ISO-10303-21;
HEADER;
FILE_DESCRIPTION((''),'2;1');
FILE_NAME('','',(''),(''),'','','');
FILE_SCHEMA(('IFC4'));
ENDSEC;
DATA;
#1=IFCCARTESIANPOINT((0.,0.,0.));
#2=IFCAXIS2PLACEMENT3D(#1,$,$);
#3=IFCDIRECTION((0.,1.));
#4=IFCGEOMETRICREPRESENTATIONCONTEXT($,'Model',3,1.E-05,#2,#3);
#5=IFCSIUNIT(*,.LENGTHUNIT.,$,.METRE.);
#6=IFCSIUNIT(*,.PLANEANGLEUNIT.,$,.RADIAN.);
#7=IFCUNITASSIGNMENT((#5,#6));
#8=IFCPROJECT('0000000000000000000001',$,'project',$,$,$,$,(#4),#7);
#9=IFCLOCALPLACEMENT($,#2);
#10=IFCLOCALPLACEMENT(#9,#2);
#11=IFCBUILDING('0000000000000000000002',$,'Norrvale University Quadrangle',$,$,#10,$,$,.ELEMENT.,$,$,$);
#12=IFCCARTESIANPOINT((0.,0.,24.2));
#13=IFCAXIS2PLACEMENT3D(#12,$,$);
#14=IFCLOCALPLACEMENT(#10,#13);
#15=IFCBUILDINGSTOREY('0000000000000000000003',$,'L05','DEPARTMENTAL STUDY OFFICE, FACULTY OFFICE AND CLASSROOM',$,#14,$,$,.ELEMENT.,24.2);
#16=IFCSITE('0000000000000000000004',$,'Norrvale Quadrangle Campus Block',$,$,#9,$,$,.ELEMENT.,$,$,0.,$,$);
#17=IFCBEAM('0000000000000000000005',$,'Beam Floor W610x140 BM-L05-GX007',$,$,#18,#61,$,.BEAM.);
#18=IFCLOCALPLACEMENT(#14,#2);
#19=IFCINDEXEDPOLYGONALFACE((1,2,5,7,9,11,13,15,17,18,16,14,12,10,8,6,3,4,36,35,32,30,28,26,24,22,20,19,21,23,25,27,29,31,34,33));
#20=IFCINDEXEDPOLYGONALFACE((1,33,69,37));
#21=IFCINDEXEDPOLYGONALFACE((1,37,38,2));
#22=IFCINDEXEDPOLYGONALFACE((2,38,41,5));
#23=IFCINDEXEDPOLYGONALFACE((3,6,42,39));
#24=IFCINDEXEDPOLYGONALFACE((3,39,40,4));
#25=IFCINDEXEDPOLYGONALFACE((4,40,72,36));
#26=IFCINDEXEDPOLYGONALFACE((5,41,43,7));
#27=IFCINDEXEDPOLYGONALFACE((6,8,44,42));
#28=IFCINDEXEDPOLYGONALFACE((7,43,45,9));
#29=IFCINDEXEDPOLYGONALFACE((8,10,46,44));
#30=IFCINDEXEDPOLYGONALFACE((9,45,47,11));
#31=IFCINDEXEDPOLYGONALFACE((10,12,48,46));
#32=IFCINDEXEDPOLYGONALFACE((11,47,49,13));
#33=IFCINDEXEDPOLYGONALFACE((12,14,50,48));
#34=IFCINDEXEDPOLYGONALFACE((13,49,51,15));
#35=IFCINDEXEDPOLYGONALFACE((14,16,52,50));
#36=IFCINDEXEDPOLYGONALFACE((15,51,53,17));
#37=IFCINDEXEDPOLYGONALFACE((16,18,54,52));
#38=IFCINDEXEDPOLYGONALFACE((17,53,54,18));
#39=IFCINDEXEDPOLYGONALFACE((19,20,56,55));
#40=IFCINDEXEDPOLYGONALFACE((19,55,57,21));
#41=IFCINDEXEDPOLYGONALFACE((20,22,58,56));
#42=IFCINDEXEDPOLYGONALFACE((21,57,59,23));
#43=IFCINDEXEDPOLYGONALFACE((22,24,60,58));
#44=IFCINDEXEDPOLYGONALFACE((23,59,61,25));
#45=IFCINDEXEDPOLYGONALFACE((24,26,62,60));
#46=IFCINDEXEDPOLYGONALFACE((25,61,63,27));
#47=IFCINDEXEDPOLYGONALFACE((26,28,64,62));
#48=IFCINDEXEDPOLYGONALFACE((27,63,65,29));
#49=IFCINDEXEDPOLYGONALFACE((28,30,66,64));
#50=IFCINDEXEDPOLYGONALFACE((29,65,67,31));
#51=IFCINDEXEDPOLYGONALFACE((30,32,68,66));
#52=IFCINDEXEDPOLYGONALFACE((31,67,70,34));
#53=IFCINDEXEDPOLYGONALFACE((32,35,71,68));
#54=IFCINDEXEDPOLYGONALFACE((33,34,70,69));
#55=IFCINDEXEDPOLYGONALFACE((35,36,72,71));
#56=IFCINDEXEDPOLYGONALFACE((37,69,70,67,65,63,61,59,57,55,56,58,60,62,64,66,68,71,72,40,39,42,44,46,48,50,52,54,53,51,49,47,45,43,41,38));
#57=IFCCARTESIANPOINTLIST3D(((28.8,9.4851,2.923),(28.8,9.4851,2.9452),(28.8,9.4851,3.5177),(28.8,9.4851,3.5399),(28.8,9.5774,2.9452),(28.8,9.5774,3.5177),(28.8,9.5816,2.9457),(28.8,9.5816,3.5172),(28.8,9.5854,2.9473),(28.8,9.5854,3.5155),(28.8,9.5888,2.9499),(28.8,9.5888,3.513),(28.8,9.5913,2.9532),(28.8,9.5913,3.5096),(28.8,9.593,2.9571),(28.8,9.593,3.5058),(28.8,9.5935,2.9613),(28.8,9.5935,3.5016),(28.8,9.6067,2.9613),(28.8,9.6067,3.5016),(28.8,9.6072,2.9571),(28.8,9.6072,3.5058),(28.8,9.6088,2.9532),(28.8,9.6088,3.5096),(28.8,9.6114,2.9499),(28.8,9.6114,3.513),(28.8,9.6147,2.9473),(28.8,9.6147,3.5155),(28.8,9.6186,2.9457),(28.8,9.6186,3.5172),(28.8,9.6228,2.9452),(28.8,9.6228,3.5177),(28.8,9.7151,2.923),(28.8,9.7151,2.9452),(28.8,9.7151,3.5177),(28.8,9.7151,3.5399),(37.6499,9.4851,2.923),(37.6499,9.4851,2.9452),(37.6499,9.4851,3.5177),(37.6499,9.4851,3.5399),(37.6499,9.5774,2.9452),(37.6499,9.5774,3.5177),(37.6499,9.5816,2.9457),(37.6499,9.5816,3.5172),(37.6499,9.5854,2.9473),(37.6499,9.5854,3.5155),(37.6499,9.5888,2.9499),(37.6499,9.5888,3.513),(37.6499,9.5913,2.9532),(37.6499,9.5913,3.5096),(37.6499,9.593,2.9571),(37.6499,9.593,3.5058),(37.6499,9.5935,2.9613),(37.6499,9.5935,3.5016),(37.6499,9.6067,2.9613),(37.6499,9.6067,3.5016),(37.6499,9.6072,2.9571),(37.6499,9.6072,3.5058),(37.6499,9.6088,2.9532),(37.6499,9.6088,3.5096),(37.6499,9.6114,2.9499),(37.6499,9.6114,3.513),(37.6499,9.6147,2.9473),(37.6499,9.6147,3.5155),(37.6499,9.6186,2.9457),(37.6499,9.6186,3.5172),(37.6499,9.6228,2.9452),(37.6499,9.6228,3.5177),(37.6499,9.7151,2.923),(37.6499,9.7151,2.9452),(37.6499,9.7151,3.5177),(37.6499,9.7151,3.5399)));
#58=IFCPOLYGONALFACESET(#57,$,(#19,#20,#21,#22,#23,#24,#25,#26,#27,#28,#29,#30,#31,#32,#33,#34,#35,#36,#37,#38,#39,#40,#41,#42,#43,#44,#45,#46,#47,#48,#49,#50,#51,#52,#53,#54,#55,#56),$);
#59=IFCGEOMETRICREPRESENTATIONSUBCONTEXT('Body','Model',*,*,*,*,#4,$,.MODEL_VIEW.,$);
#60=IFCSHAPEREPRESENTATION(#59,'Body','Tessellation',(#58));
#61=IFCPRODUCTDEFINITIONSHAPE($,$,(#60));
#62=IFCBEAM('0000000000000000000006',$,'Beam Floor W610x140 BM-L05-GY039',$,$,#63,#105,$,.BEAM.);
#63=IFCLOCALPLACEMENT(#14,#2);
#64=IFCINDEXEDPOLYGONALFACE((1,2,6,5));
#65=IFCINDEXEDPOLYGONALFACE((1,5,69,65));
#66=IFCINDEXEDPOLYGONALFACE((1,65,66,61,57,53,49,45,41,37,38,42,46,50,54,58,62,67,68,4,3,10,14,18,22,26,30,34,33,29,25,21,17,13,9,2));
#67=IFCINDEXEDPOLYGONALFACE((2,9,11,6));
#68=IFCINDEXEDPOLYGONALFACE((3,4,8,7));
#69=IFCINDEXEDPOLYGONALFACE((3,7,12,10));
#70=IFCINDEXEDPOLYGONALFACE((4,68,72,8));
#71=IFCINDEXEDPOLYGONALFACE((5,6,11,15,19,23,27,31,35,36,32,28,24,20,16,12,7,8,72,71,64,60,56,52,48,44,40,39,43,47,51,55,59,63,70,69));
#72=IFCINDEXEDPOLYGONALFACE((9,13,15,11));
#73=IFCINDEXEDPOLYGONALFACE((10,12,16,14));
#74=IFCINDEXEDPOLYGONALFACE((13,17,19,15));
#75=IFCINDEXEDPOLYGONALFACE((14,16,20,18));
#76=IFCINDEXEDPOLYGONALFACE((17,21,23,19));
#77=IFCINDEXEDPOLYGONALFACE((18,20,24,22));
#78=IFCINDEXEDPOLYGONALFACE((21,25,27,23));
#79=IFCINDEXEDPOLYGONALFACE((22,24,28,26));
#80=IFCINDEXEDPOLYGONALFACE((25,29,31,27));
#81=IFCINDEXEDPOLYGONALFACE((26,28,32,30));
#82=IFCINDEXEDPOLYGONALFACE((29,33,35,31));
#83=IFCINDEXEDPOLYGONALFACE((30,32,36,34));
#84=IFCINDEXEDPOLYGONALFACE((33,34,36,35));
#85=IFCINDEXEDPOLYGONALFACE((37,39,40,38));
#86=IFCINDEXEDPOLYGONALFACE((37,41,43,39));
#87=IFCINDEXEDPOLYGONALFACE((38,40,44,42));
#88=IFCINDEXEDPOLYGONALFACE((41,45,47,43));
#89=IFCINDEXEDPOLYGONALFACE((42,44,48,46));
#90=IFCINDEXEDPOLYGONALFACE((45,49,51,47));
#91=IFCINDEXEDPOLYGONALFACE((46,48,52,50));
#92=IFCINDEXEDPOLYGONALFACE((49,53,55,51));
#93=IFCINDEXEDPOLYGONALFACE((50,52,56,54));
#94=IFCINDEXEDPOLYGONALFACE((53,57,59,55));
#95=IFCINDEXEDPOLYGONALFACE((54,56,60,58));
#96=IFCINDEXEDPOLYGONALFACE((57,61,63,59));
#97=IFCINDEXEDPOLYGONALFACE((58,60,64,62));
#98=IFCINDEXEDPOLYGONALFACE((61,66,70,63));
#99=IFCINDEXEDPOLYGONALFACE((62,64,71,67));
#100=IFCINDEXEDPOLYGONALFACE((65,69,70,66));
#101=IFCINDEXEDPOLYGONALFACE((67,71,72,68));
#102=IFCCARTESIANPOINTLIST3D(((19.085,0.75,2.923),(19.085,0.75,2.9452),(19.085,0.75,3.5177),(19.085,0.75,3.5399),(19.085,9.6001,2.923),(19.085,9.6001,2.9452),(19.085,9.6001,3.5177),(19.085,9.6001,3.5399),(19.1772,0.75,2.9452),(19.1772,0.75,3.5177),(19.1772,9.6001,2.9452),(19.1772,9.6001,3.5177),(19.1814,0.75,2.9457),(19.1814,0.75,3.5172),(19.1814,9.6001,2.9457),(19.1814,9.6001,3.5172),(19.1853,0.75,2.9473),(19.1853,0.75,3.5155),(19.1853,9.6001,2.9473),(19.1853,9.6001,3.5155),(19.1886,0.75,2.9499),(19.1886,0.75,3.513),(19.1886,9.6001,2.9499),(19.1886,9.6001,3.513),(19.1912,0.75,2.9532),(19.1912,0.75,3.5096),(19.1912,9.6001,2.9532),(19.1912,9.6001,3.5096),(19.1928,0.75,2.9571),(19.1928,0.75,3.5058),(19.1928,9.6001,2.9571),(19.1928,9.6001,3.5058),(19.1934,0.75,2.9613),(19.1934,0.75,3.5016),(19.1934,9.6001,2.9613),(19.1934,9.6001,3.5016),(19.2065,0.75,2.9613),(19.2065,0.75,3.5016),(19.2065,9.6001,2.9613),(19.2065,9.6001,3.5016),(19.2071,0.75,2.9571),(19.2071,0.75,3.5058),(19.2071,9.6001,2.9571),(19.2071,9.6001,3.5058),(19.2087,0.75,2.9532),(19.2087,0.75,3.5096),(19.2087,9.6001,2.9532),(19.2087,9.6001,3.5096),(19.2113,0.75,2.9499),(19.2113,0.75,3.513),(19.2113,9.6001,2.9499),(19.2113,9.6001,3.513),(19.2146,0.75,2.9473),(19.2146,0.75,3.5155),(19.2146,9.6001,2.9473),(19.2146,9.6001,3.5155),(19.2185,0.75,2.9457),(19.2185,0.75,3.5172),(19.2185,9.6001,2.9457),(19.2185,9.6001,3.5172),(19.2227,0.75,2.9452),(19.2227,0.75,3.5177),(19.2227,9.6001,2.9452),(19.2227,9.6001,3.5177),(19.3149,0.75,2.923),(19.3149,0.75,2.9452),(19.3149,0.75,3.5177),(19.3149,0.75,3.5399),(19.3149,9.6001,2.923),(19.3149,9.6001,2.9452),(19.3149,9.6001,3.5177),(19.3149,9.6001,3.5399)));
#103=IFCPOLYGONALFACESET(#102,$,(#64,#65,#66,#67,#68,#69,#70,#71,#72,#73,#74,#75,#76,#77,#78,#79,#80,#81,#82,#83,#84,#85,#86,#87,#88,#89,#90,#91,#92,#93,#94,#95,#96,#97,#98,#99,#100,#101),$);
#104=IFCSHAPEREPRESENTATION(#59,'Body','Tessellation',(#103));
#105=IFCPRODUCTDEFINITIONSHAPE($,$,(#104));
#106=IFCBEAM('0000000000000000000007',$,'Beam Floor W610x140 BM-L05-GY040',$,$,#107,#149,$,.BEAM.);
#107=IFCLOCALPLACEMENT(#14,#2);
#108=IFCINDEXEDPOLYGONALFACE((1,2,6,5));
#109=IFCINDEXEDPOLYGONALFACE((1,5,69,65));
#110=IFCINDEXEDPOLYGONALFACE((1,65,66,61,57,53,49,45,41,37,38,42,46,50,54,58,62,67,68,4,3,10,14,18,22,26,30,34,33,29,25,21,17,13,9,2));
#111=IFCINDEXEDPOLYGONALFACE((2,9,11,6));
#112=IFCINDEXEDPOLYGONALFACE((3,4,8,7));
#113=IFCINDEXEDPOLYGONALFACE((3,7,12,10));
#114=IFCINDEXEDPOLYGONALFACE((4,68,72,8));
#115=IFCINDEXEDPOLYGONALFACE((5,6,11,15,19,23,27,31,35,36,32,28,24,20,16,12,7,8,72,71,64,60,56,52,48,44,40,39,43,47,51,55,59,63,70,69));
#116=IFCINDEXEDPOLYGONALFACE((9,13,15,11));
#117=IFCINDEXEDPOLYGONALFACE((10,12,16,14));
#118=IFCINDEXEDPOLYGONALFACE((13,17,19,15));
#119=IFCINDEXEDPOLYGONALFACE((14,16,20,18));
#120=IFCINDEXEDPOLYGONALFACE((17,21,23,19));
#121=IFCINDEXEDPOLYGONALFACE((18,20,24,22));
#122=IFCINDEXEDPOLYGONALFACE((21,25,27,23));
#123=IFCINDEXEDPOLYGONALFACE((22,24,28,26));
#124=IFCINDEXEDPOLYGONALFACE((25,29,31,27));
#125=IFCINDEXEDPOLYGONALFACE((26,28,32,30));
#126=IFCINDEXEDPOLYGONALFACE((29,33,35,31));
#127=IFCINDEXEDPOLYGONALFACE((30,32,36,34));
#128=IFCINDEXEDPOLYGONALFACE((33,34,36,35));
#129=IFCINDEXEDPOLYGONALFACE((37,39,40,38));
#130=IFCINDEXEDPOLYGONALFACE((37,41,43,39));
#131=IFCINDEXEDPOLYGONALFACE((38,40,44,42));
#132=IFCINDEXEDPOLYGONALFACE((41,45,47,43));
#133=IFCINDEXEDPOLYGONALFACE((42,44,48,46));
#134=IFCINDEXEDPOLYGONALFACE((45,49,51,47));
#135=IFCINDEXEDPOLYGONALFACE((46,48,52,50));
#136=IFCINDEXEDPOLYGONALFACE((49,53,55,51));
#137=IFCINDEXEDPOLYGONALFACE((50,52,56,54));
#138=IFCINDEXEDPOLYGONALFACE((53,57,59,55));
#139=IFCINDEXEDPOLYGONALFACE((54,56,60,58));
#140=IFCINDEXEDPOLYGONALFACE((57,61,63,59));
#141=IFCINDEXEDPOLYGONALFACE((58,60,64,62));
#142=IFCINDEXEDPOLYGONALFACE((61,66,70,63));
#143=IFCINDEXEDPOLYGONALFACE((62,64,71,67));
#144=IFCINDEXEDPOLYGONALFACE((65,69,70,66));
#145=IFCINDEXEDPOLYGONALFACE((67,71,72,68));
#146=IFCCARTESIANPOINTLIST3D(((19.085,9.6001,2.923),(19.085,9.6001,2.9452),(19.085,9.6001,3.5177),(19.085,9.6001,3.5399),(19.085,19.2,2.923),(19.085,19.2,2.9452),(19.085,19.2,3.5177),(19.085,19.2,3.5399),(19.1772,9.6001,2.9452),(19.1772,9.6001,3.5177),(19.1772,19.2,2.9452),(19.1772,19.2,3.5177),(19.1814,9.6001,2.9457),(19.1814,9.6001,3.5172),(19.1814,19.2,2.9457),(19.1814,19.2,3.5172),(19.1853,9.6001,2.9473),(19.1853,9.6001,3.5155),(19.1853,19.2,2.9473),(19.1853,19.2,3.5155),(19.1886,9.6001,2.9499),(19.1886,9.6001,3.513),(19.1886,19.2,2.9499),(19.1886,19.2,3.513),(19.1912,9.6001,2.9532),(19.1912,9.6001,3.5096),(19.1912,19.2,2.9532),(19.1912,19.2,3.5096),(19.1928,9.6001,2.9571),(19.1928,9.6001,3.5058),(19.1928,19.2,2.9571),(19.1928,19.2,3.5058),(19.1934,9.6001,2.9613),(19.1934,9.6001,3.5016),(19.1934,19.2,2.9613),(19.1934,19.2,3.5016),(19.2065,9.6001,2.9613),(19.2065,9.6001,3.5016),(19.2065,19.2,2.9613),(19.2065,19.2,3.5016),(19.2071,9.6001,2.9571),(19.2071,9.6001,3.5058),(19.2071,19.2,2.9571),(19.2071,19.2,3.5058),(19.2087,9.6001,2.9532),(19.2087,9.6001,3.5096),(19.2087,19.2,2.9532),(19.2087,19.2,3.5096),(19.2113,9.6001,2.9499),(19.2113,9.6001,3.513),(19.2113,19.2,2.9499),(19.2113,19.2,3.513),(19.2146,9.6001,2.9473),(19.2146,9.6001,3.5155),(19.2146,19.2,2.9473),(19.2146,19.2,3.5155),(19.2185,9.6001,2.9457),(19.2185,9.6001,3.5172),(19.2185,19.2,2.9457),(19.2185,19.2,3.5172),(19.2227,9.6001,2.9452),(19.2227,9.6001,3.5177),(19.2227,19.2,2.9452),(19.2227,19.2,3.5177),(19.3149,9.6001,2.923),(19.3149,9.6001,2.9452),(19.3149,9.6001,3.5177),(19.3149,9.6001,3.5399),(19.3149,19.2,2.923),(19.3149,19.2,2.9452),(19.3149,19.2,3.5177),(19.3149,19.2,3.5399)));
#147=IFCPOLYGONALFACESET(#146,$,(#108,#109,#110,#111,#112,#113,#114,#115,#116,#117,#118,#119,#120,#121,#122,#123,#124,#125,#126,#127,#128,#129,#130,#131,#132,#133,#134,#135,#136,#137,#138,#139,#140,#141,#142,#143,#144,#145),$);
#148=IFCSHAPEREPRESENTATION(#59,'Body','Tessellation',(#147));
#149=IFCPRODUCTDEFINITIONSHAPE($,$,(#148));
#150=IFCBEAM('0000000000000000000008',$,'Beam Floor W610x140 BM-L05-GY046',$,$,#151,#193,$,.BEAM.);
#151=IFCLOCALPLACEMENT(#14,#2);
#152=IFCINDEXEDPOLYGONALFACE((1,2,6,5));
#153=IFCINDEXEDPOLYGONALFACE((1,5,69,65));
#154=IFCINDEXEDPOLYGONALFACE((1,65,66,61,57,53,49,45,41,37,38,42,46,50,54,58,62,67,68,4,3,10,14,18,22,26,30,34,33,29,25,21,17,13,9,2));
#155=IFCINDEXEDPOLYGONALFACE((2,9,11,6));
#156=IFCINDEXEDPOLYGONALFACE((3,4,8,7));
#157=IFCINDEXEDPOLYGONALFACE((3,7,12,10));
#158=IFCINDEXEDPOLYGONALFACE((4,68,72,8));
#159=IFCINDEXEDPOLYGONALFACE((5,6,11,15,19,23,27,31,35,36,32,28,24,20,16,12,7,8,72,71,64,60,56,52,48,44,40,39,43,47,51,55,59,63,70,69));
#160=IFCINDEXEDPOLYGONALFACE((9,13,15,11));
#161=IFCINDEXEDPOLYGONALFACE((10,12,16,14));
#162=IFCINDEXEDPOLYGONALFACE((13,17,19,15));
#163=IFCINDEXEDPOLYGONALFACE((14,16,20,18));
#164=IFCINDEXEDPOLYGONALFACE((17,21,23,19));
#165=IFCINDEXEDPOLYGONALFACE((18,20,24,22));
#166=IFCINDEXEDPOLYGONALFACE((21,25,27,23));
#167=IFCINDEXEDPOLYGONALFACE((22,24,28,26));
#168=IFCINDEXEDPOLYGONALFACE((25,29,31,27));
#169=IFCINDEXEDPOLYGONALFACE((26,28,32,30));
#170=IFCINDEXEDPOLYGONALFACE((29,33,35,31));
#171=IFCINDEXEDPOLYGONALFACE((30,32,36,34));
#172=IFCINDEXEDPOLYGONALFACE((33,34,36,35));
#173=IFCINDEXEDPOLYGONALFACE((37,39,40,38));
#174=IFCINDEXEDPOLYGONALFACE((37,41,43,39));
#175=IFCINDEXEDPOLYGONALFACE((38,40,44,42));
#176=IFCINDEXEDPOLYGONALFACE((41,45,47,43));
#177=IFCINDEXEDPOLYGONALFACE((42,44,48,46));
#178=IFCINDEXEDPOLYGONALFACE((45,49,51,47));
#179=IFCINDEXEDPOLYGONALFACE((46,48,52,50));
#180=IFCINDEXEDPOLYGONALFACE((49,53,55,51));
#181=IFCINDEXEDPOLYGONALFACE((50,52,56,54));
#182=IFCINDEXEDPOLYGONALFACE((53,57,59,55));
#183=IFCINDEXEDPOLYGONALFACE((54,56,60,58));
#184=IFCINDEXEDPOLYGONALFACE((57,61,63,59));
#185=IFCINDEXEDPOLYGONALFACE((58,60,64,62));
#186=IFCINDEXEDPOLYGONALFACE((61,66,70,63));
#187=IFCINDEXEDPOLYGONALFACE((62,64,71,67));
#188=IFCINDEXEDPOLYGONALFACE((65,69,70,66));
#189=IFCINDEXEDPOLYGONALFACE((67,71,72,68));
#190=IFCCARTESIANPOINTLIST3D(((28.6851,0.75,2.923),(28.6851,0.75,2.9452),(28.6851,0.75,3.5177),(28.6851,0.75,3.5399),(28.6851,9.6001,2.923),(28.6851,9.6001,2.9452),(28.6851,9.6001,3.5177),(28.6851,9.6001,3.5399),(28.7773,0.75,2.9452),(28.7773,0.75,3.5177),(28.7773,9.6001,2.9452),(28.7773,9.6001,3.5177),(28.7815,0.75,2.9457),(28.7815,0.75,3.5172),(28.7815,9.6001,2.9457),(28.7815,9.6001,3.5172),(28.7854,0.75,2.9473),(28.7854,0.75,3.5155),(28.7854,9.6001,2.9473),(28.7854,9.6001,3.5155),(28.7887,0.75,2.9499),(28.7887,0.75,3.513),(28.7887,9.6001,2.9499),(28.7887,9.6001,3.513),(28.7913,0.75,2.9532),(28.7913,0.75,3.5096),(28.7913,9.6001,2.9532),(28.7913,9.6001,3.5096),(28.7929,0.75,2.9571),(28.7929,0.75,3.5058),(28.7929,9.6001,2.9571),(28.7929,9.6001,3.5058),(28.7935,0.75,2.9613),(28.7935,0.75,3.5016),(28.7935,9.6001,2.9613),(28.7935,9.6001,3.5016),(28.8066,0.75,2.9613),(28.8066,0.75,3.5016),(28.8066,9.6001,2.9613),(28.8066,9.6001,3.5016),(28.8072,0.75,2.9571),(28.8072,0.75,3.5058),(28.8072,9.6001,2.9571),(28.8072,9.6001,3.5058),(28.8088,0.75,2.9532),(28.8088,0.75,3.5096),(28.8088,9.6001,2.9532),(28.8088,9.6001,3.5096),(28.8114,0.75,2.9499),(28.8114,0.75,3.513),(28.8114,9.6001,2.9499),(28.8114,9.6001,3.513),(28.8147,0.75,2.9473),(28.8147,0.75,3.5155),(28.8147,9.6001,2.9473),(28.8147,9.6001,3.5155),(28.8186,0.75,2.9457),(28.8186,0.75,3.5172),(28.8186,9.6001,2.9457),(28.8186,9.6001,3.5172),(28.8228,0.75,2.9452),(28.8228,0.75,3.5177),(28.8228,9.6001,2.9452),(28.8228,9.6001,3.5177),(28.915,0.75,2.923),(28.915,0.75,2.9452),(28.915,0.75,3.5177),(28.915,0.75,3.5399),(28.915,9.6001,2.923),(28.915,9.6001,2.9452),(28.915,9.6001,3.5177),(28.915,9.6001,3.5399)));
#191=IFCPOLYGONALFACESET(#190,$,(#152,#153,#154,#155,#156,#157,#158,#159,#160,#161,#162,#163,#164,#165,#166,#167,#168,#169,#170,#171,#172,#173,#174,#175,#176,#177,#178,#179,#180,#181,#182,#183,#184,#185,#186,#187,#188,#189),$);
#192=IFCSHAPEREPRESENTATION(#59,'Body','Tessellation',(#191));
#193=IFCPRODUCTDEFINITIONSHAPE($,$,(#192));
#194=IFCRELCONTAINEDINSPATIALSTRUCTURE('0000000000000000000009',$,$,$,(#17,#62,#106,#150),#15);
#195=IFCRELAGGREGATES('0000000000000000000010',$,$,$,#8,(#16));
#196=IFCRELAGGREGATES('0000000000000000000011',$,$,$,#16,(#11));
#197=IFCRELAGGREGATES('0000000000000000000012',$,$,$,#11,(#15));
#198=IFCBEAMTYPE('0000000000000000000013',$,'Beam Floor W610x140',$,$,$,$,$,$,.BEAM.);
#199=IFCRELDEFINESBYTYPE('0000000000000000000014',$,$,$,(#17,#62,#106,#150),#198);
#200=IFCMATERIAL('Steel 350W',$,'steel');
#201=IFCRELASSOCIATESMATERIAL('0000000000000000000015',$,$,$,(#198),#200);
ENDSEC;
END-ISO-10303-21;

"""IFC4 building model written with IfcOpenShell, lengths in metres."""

from ifc_helpers import new_model, si_unit, direction, frame, origin, origin_2d, place, context, subcontext, project, spatial, i_section, extrude, material, material_profile, profile_set, type_object, element, save


model = new_model("IFC4")

# Units and contexts
model_context = context("Model", 3, precision=1e-05, world=origin(), true_north=direction((0.0, 1.0)))
body_context = subcontext(model_context, "Body", "Model", "MODEL_VIEW")
ifc_project = project(units=[si_unit("LENGTHUNIT", "METRE"), si_unit("PLANEANGLEUNIT", "RADIAN")], contexts=[model_context])

# Site, building, storey
site_placement = place(None, origin())
site = spatial("IfcSite", under=ifc_project, at=site_placement, Name="Norrvale Quadrangle Campus Block", CompositionType="ELEMENT", RefElevation=0.0)
building_placement = place(site_placement, origin())
building = spatial("IfcBuilding", under=site, at=building_placement, Name="Norrvale University Quadrangle", CompositionType="ELEMENT")
storey_placement = place(building_placement, frame((0.0, 0.0, 24.2)))
storey = spatial("IfcBuildingStorey", under=building, at=storey_placement, Name="L05", Description="DEPARTMENTAL STUDY OFFICE, FACULTY OFFICE AND CLASSROOM", CompositionType="ELEMENT", Elevation=24.2)

# Beams
ifc_material_1 = material(Name="Steel 350W", Category="steel")
ifc_material_profile_1 = material_profile(ifc_material_1, i_section(OverallWidth=0.23, OverallDepth=0.6169, WebThickness=0.0132, FlangeThickness=0.0222, FilletRadius=0.0161, at=origin_2d()), Name="Steel 350W")
ifc_profile_set_1 = profile_set([ifc_material_profile_1], Name="Steel 350W")
beam_type_1 = type_object("IfcBeamType", Name="Beam Floor W610x140", PredefinedType="BEAM", material=ifc_profile_set_1)
beam_1_placement = place(storey_placement, frame((28.8, 9.6001, 3.2314), z_axis=(1.0, 0.0, 0.0), x_axis=(0.0, 1.0, 0.0)))
element("IfcBeam", 1, at=beam_1_placement, inside=storey, type_object=beam_type_1, Name="Beam Floor W610x140 BM-L05-GX007", PredefinedType="BEAM", context=body_context, shape_type="SweptSolid", body=[
    extrude(i_section(OverallWidth=0.23, OverallDepth=0.6169, WebThickness=0.0132, FlangeThickness=0.0222, FilletRadius=0.0161, at=origin_2d()), origin(), (0.0, 0.0, 1.0), 8.8499),
])
beam_2_placement = place(storey_placement, frame((19.2, 0.75, 3.2314), z_axis=(0.0, 1.0, 0.0), x_axis=(-1.0, 0.0, 0.0)))
element("IfcBeam", 2, at=beam_2_placement, inside=storey, type_object=beam_type_1, Name="Beam Floor W610x140 BM-L05-GY039", PredefinedType="BEAM", context=body_context, shape_type="SweptSolid", body=[
    extrude(i_section(OverallWidth=0.23, OverallDepth=0.6169, WebThickness=0.0132, FlangeThickness=0.0222, FilletRadius=0.0161, at=origin_2d()), origin(), (0.0, 0.0, 1.0), 8.8501),
])
beam_3_placement = place(storey_placement, frame((19.2, 9.6001, 3.2314), z_axis=(0.0, 1.0, 0.0), x_axis=(-1.0, 0.0, 0.0)))
element("IfcBeam", 3, at=beam_3_placement, inside=storey, type_object=beam_type_1, Name="Beam Floor W610x140 BM-L05-GY040", PredefinedType="BEAM", context=body_context, shape_type="SweptSolid", body=[
    extrude(i_section(OverallWidth=0.23, OverallDepth=0.6169, WebThickness=0.0132, FlangeThickness=0.0222, FilletRadius=0.0161, at=origin_2d()), origin(), (0.0, 0.0, 1.0), 9.5999),
])
beam_4_placement = place(storey_placement, frame((28.8, 0.75, 3.2314), z_axis=(0.0, 1.0, 0.0), x_axis=(-1.0, 0.0, 0.0)))
element("IfcBeam", 4, at=beam_4_placement, inside=storey, type_object=beam_type_1, Name="Beam Floor W610x140 BM-L05-GY046", PredefinedType="BEAM", context=body_context, shape_type="SweptSolid", body=[
    extrude(i_section(OverallWidth=0.23, OverallDepth=0.6169, WebThickness=0.0132, FlangeThickness=0.0222, FilletRadius=0.0161, at=origin_2d()), origin(), (0.0, 0.0, 1.0), 8.8501),
])

save(model, "model.ifc")
